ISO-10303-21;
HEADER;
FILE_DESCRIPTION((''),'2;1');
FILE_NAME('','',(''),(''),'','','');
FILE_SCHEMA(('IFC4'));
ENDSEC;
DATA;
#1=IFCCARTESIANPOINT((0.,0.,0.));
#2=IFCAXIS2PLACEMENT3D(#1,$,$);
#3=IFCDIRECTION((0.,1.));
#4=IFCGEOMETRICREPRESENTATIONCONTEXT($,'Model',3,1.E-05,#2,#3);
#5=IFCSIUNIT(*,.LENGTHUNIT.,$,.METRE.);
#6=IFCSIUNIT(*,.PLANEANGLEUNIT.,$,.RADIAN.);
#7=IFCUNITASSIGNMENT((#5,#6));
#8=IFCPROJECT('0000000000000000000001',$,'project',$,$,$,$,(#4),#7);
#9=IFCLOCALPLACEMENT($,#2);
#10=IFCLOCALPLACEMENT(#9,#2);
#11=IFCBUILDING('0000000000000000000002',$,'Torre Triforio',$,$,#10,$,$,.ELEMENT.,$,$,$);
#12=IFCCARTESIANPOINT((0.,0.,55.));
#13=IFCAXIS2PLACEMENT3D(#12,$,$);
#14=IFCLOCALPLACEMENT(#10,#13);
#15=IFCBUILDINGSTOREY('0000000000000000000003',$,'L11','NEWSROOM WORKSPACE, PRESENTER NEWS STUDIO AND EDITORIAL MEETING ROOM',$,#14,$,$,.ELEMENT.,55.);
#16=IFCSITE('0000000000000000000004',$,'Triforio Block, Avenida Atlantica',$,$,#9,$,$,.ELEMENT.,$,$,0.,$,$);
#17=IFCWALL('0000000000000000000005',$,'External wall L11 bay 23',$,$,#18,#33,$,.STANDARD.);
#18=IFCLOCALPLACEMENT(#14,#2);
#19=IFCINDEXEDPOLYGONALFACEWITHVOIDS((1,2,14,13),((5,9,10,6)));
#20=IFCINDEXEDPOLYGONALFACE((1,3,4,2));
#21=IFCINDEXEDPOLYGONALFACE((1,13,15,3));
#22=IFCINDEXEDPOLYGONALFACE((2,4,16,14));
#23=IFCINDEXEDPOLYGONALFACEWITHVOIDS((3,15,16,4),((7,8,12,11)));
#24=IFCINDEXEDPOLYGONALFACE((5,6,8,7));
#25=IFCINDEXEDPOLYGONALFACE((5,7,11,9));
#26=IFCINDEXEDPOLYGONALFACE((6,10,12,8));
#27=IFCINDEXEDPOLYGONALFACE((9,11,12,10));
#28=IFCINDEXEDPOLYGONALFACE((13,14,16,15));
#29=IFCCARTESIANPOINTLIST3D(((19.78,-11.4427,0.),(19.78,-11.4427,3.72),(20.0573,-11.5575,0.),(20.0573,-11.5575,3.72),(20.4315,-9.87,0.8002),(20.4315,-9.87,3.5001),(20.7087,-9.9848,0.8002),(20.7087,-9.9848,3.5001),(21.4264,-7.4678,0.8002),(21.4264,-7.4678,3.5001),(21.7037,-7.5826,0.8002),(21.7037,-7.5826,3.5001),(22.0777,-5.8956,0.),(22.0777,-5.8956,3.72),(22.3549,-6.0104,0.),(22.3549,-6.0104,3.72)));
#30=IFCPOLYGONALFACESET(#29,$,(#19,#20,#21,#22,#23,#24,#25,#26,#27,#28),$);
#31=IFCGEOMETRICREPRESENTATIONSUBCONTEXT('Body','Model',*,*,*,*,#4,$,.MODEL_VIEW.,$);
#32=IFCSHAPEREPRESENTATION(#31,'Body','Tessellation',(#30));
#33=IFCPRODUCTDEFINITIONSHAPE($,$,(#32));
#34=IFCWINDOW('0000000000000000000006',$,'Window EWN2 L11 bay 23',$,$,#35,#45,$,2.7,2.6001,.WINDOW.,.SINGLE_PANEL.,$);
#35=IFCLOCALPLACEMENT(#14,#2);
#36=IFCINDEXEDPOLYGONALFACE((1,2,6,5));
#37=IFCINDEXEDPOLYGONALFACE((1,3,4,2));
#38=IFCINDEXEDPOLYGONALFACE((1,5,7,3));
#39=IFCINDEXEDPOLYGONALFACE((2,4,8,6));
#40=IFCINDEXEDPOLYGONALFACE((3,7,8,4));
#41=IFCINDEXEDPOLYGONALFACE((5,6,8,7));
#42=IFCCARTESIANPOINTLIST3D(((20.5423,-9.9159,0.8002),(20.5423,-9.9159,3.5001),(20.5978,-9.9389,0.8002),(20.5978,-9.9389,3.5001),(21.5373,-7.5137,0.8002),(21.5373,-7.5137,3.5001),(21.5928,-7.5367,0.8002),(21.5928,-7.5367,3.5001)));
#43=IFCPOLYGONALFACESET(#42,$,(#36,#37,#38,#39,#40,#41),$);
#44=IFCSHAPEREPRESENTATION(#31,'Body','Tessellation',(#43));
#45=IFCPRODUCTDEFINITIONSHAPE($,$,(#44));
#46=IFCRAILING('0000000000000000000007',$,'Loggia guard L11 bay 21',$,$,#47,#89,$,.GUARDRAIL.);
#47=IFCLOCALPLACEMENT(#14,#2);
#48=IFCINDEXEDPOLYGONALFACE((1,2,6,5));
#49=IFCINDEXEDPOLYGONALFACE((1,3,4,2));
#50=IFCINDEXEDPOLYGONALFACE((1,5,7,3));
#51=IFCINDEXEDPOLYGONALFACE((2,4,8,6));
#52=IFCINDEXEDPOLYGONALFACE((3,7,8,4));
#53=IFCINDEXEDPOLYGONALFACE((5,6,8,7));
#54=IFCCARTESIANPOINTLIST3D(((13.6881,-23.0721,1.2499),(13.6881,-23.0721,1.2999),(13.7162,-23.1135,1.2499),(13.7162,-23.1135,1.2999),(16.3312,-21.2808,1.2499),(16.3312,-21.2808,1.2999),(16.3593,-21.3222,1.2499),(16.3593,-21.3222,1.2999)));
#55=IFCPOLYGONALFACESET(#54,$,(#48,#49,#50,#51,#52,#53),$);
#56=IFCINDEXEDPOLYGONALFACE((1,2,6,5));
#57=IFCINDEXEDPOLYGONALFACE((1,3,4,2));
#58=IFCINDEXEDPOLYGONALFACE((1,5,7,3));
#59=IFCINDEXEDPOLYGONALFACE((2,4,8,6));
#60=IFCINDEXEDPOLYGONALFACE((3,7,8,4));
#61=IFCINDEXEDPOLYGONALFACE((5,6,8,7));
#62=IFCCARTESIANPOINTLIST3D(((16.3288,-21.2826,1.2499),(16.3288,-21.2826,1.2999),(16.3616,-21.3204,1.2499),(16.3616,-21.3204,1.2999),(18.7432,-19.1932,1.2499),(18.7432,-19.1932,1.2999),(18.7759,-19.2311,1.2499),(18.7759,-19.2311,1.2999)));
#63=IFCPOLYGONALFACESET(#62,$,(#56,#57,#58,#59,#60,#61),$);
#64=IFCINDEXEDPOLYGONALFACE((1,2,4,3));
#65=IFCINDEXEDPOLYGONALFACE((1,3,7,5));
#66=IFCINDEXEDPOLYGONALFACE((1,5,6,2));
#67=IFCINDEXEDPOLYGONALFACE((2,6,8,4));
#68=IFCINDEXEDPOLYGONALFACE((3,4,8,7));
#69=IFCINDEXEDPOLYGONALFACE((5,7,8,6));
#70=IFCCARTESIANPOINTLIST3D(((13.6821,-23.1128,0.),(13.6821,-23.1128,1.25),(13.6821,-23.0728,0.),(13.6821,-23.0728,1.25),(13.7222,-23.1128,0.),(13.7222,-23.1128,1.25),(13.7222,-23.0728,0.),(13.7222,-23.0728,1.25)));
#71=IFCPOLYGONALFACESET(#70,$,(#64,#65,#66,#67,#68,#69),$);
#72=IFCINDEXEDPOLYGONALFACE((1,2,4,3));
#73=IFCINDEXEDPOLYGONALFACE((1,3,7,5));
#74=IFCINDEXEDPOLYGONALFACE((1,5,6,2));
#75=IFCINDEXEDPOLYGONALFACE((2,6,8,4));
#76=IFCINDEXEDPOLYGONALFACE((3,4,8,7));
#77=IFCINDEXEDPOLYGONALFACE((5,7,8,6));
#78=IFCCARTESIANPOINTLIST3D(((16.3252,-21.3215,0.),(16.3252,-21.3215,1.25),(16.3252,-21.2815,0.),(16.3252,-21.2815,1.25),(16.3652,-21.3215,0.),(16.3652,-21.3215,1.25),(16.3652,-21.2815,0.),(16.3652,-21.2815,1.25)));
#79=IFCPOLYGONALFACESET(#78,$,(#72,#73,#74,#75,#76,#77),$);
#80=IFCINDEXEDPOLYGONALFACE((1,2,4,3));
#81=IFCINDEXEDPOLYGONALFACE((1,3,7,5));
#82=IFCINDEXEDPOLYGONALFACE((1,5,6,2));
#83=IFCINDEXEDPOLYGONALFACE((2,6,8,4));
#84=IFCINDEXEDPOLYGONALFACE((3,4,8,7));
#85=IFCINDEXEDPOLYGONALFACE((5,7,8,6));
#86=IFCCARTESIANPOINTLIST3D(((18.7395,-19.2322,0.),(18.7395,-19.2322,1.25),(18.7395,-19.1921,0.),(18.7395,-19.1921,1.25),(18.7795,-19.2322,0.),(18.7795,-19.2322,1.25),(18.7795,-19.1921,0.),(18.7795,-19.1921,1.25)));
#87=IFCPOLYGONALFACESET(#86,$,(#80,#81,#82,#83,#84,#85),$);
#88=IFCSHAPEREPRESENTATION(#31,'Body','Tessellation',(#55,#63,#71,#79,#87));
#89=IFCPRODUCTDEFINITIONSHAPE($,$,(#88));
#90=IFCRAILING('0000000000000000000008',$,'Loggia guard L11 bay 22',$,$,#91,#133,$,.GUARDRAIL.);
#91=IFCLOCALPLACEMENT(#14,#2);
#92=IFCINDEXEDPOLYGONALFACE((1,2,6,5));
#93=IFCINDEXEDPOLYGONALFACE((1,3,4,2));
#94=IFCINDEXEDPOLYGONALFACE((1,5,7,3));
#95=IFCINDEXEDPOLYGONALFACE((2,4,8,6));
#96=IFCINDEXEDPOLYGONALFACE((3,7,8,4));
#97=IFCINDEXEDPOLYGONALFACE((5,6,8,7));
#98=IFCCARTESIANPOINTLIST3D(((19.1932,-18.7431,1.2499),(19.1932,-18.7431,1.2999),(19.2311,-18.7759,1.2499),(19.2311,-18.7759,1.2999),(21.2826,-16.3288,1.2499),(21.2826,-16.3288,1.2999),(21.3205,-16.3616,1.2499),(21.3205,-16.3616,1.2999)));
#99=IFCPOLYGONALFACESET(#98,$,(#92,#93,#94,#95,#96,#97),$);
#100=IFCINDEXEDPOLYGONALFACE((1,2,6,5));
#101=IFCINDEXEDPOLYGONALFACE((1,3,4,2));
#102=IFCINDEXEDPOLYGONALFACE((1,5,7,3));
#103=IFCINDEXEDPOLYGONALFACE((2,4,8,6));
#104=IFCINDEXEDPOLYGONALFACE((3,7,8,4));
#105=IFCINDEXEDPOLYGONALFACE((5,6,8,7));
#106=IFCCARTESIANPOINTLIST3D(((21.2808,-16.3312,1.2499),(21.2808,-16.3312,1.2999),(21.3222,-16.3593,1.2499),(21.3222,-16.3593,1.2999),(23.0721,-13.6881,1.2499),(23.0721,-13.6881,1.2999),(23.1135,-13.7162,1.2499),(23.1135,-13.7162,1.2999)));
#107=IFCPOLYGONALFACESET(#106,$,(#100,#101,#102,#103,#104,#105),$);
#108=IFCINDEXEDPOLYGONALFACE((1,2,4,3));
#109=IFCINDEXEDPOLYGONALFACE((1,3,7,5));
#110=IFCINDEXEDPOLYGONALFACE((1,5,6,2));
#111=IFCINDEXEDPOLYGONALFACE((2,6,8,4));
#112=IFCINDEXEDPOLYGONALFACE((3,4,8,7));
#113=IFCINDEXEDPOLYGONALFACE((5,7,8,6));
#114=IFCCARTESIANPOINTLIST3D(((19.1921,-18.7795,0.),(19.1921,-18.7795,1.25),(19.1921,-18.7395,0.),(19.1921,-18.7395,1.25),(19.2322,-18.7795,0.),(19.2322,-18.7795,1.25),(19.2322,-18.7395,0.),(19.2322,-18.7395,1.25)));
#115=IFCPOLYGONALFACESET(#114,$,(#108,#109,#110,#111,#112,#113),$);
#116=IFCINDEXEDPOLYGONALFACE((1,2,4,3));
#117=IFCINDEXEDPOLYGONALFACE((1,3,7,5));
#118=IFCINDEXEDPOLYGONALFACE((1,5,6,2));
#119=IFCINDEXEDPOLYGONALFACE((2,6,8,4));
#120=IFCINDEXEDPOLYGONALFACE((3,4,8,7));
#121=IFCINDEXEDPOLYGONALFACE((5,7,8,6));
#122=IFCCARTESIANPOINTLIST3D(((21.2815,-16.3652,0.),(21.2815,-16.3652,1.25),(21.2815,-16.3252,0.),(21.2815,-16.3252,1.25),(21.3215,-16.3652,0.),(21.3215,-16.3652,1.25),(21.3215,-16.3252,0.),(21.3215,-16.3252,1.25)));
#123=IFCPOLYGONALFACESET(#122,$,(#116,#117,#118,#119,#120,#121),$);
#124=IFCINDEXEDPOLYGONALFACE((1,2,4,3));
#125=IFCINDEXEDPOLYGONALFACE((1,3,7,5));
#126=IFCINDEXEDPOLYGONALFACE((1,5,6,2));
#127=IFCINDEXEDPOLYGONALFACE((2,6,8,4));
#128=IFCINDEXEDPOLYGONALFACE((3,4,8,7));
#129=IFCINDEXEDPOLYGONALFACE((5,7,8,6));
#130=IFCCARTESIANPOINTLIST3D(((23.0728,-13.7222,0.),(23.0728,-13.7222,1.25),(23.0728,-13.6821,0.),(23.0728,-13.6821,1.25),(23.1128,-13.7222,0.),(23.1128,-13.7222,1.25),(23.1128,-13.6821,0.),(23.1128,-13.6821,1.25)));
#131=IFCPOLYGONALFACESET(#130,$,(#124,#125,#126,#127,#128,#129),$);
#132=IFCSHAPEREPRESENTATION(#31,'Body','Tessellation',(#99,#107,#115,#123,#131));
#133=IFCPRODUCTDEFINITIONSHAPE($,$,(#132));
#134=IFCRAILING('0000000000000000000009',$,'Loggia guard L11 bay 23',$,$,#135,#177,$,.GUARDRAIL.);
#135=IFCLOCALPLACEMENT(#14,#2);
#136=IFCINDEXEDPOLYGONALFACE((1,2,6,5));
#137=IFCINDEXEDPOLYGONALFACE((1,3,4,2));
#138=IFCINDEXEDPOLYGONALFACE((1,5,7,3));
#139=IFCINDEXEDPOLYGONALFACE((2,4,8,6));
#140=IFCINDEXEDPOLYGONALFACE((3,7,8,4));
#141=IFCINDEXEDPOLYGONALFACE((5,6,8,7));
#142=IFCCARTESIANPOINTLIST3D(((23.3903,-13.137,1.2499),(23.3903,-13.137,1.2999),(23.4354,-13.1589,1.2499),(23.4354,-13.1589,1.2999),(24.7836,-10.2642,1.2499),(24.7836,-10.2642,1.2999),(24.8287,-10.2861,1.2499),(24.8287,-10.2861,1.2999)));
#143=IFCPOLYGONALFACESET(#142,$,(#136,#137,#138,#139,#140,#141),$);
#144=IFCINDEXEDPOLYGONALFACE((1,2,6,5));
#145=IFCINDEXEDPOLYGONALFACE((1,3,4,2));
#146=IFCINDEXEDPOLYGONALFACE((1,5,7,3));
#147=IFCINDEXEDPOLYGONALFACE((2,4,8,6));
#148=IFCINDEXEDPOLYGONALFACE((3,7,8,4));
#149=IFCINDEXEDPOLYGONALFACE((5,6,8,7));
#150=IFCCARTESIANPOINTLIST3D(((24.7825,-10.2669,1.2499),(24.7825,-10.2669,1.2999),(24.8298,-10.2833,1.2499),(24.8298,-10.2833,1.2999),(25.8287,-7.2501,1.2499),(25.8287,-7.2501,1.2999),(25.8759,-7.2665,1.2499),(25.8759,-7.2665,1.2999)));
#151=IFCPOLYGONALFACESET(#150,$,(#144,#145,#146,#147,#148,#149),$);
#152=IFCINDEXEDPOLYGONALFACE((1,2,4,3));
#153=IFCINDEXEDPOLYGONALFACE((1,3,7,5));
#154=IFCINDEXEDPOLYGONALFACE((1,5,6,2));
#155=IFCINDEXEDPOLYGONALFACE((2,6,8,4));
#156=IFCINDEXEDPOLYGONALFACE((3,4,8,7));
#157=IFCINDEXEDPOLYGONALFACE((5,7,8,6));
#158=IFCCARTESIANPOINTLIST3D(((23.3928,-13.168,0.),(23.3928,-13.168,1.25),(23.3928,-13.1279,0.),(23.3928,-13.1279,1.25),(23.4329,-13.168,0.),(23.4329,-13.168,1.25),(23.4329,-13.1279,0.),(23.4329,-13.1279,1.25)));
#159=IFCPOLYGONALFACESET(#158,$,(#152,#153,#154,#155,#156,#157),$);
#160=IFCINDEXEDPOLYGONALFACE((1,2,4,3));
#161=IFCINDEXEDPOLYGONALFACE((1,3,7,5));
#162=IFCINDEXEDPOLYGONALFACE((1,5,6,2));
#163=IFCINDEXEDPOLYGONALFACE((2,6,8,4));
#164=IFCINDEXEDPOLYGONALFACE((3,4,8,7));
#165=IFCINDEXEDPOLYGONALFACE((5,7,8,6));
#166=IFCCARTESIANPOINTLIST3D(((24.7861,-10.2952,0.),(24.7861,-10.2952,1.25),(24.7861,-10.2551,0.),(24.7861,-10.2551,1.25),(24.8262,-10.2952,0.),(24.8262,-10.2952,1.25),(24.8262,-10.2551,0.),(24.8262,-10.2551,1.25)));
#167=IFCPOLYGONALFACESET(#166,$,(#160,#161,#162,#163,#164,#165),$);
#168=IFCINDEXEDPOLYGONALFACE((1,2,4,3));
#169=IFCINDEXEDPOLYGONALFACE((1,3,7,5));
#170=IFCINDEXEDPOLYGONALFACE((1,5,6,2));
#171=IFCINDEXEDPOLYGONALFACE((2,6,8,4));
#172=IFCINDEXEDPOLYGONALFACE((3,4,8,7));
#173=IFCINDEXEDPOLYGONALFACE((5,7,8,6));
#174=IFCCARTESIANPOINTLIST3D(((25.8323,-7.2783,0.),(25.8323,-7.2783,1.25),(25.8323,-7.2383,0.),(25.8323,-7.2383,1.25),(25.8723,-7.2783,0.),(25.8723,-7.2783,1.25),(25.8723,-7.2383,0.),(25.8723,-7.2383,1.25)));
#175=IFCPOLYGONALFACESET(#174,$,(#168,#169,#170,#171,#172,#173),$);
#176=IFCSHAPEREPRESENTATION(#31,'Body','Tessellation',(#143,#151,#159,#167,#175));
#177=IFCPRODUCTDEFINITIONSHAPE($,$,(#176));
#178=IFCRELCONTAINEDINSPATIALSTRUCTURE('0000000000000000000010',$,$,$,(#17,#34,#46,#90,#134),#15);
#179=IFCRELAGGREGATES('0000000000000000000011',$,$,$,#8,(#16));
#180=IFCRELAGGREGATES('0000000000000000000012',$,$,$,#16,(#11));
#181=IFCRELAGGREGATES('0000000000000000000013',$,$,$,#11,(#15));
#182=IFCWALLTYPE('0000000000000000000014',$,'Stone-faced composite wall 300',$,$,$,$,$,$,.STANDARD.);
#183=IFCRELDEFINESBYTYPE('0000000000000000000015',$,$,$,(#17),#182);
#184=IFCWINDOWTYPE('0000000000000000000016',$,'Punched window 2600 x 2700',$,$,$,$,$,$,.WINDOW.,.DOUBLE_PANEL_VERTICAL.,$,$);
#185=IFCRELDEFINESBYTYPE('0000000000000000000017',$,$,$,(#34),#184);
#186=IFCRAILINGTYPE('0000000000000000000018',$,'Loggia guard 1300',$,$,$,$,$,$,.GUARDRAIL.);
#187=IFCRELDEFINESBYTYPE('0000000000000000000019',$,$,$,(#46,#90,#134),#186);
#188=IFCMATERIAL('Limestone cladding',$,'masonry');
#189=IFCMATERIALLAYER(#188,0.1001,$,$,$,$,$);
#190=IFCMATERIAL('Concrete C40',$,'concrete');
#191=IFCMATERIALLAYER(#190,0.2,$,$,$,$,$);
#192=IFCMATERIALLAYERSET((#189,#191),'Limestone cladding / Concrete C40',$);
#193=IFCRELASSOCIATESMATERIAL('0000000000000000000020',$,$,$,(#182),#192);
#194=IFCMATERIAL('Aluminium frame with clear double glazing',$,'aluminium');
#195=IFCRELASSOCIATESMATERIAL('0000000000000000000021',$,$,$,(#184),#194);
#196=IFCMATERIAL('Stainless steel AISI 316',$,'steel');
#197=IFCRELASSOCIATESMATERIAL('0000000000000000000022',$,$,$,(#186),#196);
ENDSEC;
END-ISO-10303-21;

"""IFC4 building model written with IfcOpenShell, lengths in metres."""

from ifc_helpers import new_model, si_unit, direction, frame, frame_2d, origin, origin_2d, place, context, subcontext, project, spatial, rectangle, extrude, material, layer, layer_set, type_object, element, fill, save


model = new_model("IFC4")

# Units and contexts
model_context = context("Model", 3, precision=1e-05, world=origin(), true_north=direction((0.0, 1.0)))
body_context = subcontext(model_context, "Body", "Model", "MODEL_VIEW")
ifc_project = project(units=[si_unit("LENGTHUNIT", "METRE"), si_unit("PLANEANGLEUNIT", "RADIAN")], contexts=[model_context])

# Site, building, storey
site_placement = place(None, origin())
site = spatial("IfcSite", under=ifc_project, at=site_placement, Name="Triforio Block, Avenida Atlantica", CompositionType="ELEMENT", RefElevation=0.0)
building_placement = place(site_placement, origin())
building = spatial("IfcBuilding", under=site, at=building_placement, Name="Torre Triforio", CompositionType="ELEMENT")
storey_placement = place(building_placement, frame((0.0, 0.0, 55.0)))
storey = spatial("IfcBuildingStorey", under=building, at=storey_placement, Name="L11", Description="NEWSROOM WORKSPACE, PRESENTER NEWS STUDIO AND EDITORIAL MEETING ROOM", CompositionType="ELEMENT", Elevation=55.0)

# Shared definitions
ifc_material_1 = material(Name="Limestone cladding", Category="masonry")
ifc_material_2 = material(Name="Concrete C40", Category="concrete")

# Shared definitions
ifc_layer_1 = layer(ifc_material_1, 0.1001)
ifc_layer_2 = layer(ifc_material_2, 0.2)
ifc_layer_set_1 = layer_set([ifc_layer_1, ifc_layer_2], Name="Limestone cladding / Concrete C40")
wall_type_1 = type_object("IfcWallType", Name="Stone-faced composite wall 300", PredefinedType="STANDARD", material=ifc_layer_set_1)
ifc_material_3 = material(Name="Aluminium frame with clear double glazing", Category="aluminium")
window_type_1 = type_object("IfcWindowType", Name="Punched window 2600 x 2700", PartitioningType="DOUBLE_PANEL_VERTICAL", PredefinedType="WINDOW", material=ifc_material_3)

# Wall, opening, window
wall_1_placement = place(storey_placement, frame((19.9187, -11.5, 0.0), z_axis=(0.0, 0.0, 1.0), x_axis=(0.382671, 0.923885, 0.0)))
wall_1 = element("IfcWall", 1, at=wall_1_placement, inside=storey, type_object=wall_type_1, Name="External wall L11 bay 23", PredefinedType="STANDARD", context=body_context, shape_type="SweptSolid", body=[
    extrude(rectangle(XDim=6.0042, YDim=0.3, at=frame_2d((3.002, 0.0))), origin(), (0.0, 0.0, 1.0), 3.72),
])
opening_1_placement = place(wall_1_placement, frame((1.7021, 0.0, 0.8)))
opening_1 = element("IfcOpeningElement", 2, at=opening_1_placement, cuts=wall_1, PredefinedType="OPENING", context=body_context, shape_type="SweptSolid", body=[
    extrude(rectangle(XDim=2.6001, YDim=2.7, at=frame_2d((1.3, 1.3501))), frame((0.0, 0.1599, 0.0), z_axis=(0.0, -1.0, 0.0), x_axis=(1.0, 0.0, 0.0)), (0.0, 0.0, 1.0), 0.3201),
])
window_1_placement = place(opening_1_placement, origin())
window_1 = element("IfcWindow", 3, at=window_1_placement, inside=storey, type_object=window_type_1, Name="Window EWN2 L11 bay 23", OverallHeight=2.7, OverallWidth=2.6001, PartitioningType="SINGLE_PANEL", PredefinedType="WINDOW", context=body_context, shape_type="SweptSolid", body=[
    extrude(rectangle(XDim=2.6001, YDim=2.7, at=frame_2d((1.3, 1.3501))), frame((0.0, 0.03, 0.0), z_axis=(0.0, -1.0, 0.0), x_axis=(1.0, 0.0, 0.0)), (0.0, 0.0, 1.0), 0.0601),
])
fill(opening_1, window_1)

# Railings
ifc_material_4 = material(Name="Stainless steel AISI 316", Category="steel")
railing_type = type_object("IfcRailingType", Name="Loggia guard 1300", PredefinedType="GUARDRAIL", material=ifc_material_4)
railing_1_placement = place(storey_placement, frame((13.7021, -23.0928, 0.0)))
element("IfcRailing", 4, at=railing_1_placement, inside=storey, type_object=railing_type, Name="Loggia guard L11 bay 21", PredefinedType="GUARDRAIL", context=body_context, shape_type="SweptSolid", body=[
    extrude(rectangle(XDim=0.05, YDim=0.05, at=origin_2d()), frame((0.0, 0.0, 1.2749), z_axis=(0.827803, 0.561019, 0.0), x_axis=(-0.561019, 0.827803, 0.0)), (0.0, 0.0, 1.0), 3.1929),
    extrude(rectangle(XDim=0.05, YDim=0.05, at=origin_2d()), frame((2.6431, 1.7913, 1.2749), z_axis=(0.756161, 0.654386, 0.0), x_axis=(-0.654386, 0.756161, 0.0)), (0.0, 0.0, 1.0), 3.1929),
    extrude(rectangle(XDim=0.04, YDim=0.04, at=origin_2d()), origin(), (0.0, 0.0, 1.0), 1.25),
    extrude(rectangle(XDim=0.04, YDim=0.04, at=origin_2d()), frame((2.6431, 1.7913, 0.0)), (0.0, 0.0, 1.0), 1.25),
    extrude(rectangle(XDim=0.04, YDim=0.04, at=origin_2d()), frame((5.0574, 3.8806, 0.0)), (0.0, 0.0, 1.0), 1.25),
])
railing_2_placement = place(storey_placement, frame((19.2122, -18.7595, 0.0)))
element("IfcRailing", 5, at=railing_2_placement, inside=storey, type_object=railing_type, Name="Loggia guard L11 bay 22", PredefinedType="GUARDRAIL", context=body_context, shape_type="SweptSolid", body=[
    extrude(rectangle(XDim=0.05, YDim=0.05, at=origin_2d()), frame((0.0, 0.0, 1.2749), z_axis=(0.654386, 0.756161, 0.0), x_axis=(-0.756161, 0.654386, 0.0)), (0.0, 0.0, 1.0), 3.1929),
    extrude(rectangle(XDim=0.05, YDim=0.05, at=origin_2d()), frame((2.0894, 2.4143, 1.2749), z_axis=(0.561019, 0.827803, 0.0), x_axis=(-0.827803, 0.561019, 0.0)), (0.0, 0.0, 1.0), 3.1929),
    extrude(rectangle(XDim=0.04, YDim=0.04, at=origin_2d()), origin(), (0.0, 0.0, 1.0), 1.25),
    extrude(rectangle(XDim=0.04, YDim=0.04, at=origin_2d()), frame((2.0894, 2.4143, 0.0)), (0.0, 0.0, 1.0), 1.25),
    extrude(rectangle(XDim=0.04, YDim=0.04, at=origin_2d()), frame((3.8806, 5.0574, 0.0)), (0.0, 0.0, 1.0), 1.25),
])
railing_3_placement = place(storey_placement, frame((23.4128, -13.1479, 0.0)))
element("IfcRailing", 6, at=railing_3_placement, inside=storey, type_object=railing_type, Name="Loggia guard L11 bay 23", PredefinedType="GUARDRAIL", context=body_context, shape_type="SweptSolid", body=[
    extrude(rectangle(XDim=0.05, YDim=0.05, at=origin_2d()), frame((0.0, 0.0, 1.2749), z_axis=(0.436384, 0.89976, 0.0), x_axis=(-0.89976, 0.436384, 0.0)), (0.0, 0.0, 1.0), 3.1929),
    extrude(rectangle(XDim=0.05, YDim=0.05, at=origin_2d()), frame((1.3933, 2.8728, 1.2749), z_axis=(0.327628, 0.944807, 0.0), x_axis=(-0.944807, 0.327628, 0.0)), (0.0, 0.0, 1.0), 3.1931),
    extrude(rectangle(XDim=0.04, YDim=0.04, at=origin_2d()), origin(), (0.0, 0.0, 1.0), 1.25),
    extrude(rectangle(XDim=0.04, YDim=0.04, at=origin_2d()), frame((1.3933, 2.8728, 0.0)), (0.0, 0.0, 1.0), 1.25),
    extrude(rectangle(XDim=0.04, YDim=0.04, at=origin_2d()), frame((2.4395, 5.8896, 0.0)), (0.0, 0.0, 1.0), 1.25),
])

save(model, "model.ifc")
